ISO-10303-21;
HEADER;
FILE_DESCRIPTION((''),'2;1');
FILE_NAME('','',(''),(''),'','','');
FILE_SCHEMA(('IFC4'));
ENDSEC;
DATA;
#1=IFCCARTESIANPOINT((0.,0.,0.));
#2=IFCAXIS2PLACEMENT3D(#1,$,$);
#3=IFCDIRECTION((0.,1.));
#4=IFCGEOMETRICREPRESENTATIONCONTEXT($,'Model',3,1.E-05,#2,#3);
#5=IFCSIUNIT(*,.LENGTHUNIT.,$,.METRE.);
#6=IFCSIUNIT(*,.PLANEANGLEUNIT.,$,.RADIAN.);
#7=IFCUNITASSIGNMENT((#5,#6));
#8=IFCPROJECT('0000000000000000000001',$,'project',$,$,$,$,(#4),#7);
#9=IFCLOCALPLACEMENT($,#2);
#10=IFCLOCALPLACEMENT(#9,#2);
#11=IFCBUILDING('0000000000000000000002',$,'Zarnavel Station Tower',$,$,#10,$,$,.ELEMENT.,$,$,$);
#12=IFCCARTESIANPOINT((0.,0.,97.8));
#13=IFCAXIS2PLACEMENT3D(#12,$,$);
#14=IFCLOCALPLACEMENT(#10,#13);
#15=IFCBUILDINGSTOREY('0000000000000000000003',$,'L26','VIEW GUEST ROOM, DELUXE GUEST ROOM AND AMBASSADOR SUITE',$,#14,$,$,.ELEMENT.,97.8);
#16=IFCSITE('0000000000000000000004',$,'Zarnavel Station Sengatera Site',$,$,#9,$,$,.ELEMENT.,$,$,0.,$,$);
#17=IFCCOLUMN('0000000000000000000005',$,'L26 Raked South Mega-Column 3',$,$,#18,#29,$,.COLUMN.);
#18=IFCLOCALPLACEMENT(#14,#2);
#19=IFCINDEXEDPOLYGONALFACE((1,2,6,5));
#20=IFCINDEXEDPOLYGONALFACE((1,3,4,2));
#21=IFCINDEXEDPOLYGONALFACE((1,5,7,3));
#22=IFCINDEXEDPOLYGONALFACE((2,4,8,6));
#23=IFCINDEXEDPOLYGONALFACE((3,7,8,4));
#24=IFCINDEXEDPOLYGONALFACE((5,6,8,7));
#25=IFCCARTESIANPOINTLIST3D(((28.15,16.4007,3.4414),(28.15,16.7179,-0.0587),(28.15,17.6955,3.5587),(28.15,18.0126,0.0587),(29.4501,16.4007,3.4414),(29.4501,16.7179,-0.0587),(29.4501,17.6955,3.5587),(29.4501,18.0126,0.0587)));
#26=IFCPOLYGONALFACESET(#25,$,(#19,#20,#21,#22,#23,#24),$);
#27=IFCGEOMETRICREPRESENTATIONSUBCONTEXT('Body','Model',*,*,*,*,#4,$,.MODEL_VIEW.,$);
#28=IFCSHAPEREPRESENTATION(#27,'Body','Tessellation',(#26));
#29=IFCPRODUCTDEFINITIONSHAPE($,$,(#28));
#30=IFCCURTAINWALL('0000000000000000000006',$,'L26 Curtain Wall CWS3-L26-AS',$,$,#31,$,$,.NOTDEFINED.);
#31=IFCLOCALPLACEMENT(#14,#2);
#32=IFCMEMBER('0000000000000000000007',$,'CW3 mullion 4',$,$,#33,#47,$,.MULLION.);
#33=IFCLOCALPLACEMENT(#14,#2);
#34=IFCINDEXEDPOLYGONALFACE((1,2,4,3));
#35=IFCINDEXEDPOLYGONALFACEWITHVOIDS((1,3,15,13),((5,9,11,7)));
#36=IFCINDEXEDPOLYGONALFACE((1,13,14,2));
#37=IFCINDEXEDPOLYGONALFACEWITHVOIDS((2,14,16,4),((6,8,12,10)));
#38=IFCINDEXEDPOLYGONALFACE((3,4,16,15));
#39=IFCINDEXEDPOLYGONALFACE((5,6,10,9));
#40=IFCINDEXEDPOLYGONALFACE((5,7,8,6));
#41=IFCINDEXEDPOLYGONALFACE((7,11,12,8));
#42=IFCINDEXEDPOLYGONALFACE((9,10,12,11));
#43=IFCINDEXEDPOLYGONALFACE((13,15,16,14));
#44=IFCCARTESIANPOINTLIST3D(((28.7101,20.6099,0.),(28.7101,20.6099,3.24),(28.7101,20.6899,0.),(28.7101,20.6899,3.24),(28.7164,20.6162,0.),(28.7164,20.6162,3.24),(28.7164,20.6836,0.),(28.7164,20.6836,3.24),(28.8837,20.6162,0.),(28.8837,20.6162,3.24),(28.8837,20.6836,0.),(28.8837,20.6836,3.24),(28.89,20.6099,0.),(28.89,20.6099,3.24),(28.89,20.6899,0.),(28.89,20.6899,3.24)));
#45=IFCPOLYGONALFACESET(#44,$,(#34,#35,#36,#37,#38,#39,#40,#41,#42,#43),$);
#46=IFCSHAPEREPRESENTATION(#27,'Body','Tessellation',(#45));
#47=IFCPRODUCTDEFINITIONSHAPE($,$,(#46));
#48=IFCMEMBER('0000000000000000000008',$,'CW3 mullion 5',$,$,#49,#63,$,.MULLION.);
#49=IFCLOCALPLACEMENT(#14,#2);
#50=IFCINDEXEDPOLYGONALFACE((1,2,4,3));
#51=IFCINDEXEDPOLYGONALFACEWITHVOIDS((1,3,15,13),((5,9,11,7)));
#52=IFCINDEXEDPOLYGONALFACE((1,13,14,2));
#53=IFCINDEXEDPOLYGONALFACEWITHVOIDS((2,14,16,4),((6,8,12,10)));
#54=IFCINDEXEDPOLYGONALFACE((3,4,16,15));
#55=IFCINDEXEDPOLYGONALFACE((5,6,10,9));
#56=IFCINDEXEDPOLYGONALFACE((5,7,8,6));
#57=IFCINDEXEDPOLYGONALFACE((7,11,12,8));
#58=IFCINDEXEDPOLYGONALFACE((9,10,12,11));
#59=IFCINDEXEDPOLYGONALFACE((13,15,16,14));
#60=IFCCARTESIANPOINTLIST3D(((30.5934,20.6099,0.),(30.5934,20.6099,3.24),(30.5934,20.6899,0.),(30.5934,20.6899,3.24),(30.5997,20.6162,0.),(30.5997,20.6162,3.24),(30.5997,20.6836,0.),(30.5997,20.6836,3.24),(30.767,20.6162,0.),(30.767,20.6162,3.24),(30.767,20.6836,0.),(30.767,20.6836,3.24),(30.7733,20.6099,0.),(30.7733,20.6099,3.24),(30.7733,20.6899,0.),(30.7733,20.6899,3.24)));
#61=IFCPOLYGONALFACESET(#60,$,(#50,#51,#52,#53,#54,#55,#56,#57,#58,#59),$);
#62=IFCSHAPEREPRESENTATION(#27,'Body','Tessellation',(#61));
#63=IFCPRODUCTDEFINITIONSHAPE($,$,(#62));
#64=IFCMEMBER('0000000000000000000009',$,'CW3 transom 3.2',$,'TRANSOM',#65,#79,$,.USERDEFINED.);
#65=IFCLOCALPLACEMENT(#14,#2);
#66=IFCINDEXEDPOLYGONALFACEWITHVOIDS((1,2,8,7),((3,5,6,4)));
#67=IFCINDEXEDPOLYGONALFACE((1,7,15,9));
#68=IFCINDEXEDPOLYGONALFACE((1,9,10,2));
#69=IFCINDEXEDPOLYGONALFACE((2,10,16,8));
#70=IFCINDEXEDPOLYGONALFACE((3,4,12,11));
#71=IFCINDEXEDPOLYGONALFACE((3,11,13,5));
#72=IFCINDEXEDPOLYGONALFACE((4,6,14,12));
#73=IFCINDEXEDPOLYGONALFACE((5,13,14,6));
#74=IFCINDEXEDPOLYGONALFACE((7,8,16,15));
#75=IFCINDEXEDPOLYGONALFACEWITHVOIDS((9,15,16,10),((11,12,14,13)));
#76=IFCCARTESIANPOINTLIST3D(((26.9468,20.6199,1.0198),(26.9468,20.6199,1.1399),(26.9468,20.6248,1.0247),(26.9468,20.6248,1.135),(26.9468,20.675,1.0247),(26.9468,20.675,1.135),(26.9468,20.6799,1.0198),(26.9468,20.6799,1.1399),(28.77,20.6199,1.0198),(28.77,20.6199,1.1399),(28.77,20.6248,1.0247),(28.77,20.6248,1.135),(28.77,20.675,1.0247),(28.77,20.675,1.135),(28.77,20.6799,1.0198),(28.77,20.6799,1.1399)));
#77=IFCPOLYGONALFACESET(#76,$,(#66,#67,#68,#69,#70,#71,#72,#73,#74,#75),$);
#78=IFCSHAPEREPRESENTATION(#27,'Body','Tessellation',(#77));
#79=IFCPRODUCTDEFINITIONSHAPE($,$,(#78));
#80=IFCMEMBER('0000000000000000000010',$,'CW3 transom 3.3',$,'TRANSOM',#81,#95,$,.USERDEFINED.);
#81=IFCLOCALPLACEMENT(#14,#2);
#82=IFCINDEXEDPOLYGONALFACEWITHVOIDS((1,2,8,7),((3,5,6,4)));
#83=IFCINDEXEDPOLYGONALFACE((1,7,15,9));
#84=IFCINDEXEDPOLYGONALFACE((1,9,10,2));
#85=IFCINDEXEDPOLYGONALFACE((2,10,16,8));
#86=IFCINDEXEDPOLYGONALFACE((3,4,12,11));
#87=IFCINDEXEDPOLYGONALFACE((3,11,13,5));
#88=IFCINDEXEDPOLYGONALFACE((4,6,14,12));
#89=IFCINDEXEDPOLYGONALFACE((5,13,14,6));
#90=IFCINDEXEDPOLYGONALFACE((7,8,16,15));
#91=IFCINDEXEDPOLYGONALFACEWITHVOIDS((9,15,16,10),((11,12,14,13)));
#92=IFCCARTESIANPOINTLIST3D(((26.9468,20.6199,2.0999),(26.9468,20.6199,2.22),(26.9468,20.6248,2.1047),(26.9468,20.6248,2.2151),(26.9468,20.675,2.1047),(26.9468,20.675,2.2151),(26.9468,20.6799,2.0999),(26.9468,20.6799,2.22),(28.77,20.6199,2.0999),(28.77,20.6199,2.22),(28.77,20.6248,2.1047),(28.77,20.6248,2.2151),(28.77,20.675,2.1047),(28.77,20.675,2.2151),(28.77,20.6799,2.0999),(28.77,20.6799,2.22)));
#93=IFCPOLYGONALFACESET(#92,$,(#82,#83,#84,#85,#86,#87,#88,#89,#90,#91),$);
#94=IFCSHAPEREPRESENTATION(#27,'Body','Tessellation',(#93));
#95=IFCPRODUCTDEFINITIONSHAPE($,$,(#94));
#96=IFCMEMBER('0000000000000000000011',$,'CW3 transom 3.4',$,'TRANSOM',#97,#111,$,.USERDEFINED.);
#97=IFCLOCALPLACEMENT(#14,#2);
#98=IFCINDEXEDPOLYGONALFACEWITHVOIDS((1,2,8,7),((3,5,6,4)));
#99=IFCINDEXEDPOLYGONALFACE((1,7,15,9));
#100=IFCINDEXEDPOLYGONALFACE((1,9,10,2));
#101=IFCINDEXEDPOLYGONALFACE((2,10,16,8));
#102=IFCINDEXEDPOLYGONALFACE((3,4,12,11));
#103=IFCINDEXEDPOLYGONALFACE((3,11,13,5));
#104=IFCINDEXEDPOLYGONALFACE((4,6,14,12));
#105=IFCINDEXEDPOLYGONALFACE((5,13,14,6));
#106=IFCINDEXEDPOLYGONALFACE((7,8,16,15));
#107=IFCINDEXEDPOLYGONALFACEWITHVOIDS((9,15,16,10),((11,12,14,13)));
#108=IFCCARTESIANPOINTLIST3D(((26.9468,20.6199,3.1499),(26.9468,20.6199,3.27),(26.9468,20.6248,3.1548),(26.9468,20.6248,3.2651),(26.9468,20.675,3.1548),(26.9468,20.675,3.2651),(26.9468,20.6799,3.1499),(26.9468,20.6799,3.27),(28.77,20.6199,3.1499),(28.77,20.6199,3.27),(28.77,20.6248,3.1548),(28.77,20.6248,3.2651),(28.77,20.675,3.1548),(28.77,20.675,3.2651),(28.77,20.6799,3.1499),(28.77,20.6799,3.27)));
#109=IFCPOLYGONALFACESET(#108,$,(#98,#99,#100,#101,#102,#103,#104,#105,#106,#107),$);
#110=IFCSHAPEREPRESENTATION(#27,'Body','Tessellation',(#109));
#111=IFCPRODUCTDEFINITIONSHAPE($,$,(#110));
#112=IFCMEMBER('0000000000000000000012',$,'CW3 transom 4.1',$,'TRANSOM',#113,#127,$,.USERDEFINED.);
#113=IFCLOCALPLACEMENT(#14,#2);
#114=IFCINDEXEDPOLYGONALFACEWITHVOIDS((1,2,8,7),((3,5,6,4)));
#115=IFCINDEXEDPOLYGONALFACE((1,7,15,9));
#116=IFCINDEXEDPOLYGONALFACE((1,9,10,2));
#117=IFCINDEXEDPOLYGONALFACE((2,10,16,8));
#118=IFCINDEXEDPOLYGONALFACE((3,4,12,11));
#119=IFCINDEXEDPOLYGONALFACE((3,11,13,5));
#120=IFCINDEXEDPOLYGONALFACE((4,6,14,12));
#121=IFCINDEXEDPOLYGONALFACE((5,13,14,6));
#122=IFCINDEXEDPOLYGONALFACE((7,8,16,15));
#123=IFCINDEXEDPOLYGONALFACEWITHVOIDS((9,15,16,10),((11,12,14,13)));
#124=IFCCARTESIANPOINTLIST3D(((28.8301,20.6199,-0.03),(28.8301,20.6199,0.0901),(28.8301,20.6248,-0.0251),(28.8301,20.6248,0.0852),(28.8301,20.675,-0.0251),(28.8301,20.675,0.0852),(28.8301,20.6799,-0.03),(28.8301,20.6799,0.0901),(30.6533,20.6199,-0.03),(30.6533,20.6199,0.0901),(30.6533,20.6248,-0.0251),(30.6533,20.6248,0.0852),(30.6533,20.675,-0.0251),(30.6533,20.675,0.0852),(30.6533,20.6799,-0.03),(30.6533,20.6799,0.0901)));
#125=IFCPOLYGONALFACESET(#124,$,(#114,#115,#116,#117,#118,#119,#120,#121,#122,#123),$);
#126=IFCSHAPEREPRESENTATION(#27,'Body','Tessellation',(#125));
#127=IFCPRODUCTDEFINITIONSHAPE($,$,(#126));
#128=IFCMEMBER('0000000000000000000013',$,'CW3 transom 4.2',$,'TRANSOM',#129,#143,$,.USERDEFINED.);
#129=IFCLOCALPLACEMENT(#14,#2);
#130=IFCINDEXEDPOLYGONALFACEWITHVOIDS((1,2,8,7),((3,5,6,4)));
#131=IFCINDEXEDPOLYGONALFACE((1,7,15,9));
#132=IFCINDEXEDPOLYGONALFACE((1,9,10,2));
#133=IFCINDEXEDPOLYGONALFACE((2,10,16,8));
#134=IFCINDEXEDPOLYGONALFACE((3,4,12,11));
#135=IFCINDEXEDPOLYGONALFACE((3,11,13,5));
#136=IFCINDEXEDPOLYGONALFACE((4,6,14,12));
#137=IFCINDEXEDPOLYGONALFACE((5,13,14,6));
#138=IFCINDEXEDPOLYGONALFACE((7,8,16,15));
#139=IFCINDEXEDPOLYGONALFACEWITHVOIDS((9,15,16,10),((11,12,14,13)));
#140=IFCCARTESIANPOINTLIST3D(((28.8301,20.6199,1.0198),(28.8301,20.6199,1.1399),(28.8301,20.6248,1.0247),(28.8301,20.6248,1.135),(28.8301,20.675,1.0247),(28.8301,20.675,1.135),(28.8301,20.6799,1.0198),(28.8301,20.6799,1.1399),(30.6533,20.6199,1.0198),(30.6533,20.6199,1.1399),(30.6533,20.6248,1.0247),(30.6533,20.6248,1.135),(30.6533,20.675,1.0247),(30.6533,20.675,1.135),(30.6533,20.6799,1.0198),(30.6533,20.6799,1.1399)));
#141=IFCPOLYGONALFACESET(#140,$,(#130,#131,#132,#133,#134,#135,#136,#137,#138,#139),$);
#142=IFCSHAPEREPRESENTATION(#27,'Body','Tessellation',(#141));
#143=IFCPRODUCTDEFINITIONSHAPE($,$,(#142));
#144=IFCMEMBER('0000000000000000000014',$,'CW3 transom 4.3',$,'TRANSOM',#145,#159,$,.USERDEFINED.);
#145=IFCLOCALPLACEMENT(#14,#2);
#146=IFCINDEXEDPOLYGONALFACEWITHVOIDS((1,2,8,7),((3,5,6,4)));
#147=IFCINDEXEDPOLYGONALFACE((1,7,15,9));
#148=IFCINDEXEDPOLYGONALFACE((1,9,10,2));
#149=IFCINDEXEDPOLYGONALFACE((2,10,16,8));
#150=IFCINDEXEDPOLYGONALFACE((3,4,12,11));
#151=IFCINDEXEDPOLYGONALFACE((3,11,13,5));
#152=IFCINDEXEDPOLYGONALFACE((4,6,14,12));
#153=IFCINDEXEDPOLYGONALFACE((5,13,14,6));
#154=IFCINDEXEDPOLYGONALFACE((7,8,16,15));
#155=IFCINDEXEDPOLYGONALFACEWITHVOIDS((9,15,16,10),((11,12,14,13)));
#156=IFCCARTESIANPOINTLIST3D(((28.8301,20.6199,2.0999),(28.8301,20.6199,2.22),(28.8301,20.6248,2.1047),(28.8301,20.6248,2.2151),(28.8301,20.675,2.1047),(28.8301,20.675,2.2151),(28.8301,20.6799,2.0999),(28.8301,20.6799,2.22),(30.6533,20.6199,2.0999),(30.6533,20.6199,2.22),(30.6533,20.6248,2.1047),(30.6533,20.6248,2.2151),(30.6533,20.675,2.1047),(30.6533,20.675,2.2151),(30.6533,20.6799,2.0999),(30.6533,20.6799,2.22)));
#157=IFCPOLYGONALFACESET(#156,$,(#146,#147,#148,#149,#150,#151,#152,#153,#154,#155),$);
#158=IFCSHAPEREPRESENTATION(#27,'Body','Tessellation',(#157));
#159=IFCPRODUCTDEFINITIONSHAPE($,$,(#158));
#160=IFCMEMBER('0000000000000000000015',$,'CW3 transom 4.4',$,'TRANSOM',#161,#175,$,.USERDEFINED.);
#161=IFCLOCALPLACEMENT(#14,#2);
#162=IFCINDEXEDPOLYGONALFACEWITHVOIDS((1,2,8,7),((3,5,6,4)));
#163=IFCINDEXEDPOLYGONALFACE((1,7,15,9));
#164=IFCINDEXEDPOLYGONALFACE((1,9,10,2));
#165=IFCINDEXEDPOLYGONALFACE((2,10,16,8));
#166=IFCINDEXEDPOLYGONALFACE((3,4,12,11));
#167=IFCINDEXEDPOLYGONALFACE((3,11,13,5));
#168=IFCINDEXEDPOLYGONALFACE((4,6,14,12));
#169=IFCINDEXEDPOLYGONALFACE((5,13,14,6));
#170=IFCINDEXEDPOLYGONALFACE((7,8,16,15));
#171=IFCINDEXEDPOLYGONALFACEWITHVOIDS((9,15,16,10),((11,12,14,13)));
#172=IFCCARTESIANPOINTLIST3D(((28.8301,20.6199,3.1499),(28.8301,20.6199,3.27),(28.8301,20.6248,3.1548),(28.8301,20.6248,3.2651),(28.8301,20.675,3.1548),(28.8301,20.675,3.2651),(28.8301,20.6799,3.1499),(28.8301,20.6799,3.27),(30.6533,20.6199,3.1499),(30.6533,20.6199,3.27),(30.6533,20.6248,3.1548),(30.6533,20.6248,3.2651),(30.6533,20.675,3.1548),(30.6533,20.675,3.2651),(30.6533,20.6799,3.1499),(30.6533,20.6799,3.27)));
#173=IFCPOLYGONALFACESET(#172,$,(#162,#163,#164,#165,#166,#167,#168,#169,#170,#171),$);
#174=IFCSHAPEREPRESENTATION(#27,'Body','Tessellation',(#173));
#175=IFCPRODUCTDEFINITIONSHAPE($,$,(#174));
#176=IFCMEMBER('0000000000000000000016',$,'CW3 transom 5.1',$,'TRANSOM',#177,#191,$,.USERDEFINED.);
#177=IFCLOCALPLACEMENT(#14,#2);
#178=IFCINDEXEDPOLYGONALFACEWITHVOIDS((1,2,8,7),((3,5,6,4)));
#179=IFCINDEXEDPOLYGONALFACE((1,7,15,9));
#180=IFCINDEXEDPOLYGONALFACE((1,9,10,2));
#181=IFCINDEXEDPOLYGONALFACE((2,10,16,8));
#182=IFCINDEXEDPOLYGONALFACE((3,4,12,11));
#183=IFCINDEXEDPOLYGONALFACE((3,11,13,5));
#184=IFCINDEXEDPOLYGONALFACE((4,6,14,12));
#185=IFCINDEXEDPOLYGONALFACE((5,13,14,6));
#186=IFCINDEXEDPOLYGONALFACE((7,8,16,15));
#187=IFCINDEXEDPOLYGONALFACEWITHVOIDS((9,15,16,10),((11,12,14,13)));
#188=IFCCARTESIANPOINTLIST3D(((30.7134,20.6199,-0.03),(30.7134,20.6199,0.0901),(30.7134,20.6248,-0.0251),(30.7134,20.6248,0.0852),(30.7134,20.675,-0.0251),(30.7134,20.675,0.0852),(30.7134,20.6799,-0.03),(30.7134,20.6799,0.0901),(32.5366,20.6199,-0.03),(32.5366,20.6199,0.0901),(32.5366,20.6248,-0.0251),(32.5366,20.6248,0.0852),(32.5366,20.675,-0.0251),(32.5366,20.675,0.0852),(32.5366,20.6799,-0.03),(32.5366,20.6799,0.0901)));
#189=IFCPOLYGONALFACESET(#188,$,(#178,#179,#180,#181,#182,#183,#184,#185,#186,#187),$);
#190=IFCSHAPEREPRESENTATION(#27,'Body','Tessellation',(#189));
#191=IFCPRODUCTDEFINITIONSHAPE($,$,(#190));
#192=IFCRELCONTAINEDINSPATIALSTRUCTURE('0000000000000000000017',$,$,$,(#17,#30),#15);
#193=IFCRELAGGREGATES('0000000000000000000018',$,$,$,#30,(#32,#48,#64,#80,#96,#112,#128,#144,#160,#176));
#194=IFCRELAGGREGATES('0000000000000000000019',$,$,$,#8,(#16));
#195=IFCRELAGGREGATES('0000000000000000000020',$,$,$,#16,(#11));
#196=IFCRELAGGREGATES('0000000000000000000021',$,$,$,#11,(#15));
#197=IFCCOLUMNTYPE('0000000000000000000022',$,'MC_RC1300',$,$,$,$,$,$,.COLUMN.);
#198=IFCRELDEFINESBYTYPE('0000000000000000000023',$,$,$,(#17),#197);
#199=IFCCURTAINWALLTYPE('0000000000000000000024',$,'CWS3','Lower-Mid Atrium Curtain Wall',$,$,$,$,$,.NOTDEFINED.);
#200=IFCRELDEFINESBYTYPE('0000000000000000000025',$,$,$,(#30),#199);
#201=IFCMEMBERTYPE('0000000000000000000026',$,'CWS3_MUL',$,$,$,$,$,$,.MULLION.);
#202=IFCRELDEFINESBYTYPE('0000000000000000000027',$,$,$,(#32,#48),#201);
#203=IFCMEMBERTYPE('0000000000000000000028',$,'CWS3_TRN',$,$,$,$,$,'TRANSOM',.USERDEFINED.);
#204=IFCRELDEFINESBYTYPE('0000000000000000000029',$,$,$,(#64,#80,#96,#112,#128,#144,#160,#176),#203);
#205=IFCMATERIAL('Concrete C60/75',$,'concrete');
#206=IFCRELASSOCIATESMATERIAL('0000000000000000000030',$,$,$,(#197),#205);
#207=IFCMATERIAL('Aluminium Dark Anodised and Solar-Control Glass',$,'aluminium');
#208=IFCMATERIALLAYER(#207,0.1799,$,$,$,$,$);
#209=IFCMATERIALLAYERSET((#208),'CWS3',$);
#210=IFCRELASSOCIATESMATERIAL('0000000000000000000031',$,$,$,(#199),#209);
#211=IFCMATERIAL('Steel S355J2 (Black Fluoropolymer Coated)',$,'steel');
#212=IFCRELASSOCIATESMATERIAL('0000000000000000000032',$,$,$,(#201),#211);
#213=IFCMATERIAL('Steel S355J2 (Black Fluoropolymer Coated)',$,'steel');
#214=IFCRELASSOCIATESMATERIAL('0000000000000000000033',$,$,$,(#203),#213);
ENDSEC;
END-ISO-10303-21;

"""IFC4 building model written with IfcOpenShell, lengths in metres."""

from ifc_helpers import new_model, si_unit, direction, frame, origin, origin_2d, place, context, subcontext, project, spatial, rectangle, hollow_rectangle, extrude, material, layer, layer_set, material_profile, profile_set, type_object, element, aggregate, save


model = new_model("IFC4")

# Units and contexts
model_context = context("Model", 3, precision=1e-05, world=origin(), true_north=direction((0.0, 1.0)))
body_context = subcontext(model_context, "Body", "Model", "MODEL_VIEW")
ifc_project = project(units=[si_unit("LENGTHUNIT", "METRE"), si_unit("PLANEANGLEUNIT", "RADIAN")], contexts=[model_context])

# Site, building, storey
site_placement = place(None, origin())
site = spatial("IfcSite", under=ifc_project, at=site_placement, Name="Zarnavel Station Sengatera Site", CompositionType="ELEMENT", RefElevation=0.0)
building_placement = place(site_placement, origin())
building = spatial("IfcBuilding", under=site, at=building_placement, Name="Zarnavel Station Tower", CompositionType="ELEMENT")
storey_placement = place(building_placement, frame((0.0, 0.0, 97.8)))
storey = spatial("IfcBuildingStorey", under=building, at=storey_placement, Name="L26", Description="VIEW GUEST ROOM, DELUXE GUEST ROOM AND AMBASSADOR SUITE", CompositionType="ELEMENT", Elevation=97.8)

# Column
ifc_material_1 = material(Name="Concrete C60/75", Category="concrete")
ifc_material_profile_1 = material_profile(ifc_material_1, rectangle(XDim=1.3, YDim=1.3, at=origin_2d()), Name="RC1300x1300")
ifc_profile_set_1 = profile_set([ifc_material_profile_1], Name="Concrete C60/75")
column_type = type_object("IfcColumnType", Name="MC_RC1300", PredefinedType="COLUMN", material=ifc_profile_set_1)
column_placement = place(storey_placement, frame((28.8, 17.3652, 0.0), z_axis=(0.0, -0.090241, 0.99592), x_axis=(1.0, 0.0, 0.0)))
element("IfcColumn", 1, at=column_placement, inside=storey, type_object=column_type, Name="L26 Raked South Mega-Column 3", PredefinedType="COLUMN", context=body_context, shape_type="SweptSolid", body=[
    extrude(rectangle(XDim=1.3, YDim=1.3, at=origin_2d()), origin(), (0.0, 0.0, 1.0), 3.5144),
])

# Curtain wall, members
ifc_material_2 = material(Name="Aluminium Dark Anodised and Solar-Control Glass", Category="aluminium")
ifc_layer_1 = layer(ifc_material_2, 0.1799)
ifc_layer_set_1 = layer_set([ifc_layer_1], Name="CWS3")
curtain_wall_type_1 = type_object("IfcCurtainWallType", Name="CWS3", Description="Lower-Mid Atrium Curtain Wall", PredefinedType="NOTDEFINED", material=ifc_layer_set_1)
curtain_wall_1_placement = place(storey_placement, origin())
curtain_wall_1 = element("IfcCurtainWall", 2, at=curtain_wall_1_placement, inside=storey, type_object=curtain_wall_type_1, Name="L26 Curtain Wall CWS3-L26-AS", PredefinedType="NOTDEFINED")
ifc_material_3 = material(Name="Steel S355J2 (Black Fluoropolymer Coated)", Category="steel")
ifc_material_profile_2 = material_profile(ifc_material_3, hollow_rectangle(XDim=0.0801, YDim=0.1799, WallThickness=0.0063, at=origin_2d()), Name="RHS180x80x6.3")
ifc_profile_set_2 = profile_set([ifc_material_profile_2], Name="Steel S355J2 (Black Fluoropolymer Coated)")
member_type_1 = type_object("IfcMemberType", Name="CWS3_MUL", PredefinedType="MULLION", material=ifc_profile_set_2)
member_1_placement = place(storey_placement, frame((28.8, 20.6499, 0.0), z_axis=(0.0, 0.0, 1.0), x_axis=(0.0, 1.0, 0.0)))
member_1 = element("IfcMember", 3, at=member_1_placement, type_object=member_type_1, Name="CW3 mullion 4", PredefinedType="MULLION", context=body_context, shape_type="SweptSolid", body=[
    extrude(hollow_rectangle(XDim=0.0801, YDim=0.1799, WallThickness=0.0063, at=origin_2d()), origin(), (0.0, 0.0, 1.0), 3.24),
])
member_2_placement = place(storey_placement, frame((30.6833, 20.6499, 0.0), z_axis=(0.0, 0.0, 1.0), x_axis=(0.0, 1.0, 0.0)))
member_2 = element("IfcMember", 4, at=member_2_placement, type_object=member_type_1, Name="CW3 mullion 5", PredefinedType="MULLION", context=body_context, shape_type="SweptSolid", body=[
    extrude(hollow_rectangle(XDim=0.0801, YDim=0.1799, WallThickness=0.0063, at=origin_2d()), origin(), (0.0, 0.0, 1.0), 3.24),
])
ifc_material_4 = material(Name="Steel S355J2 (Black Fluoropolymer Coated)", Category="steel")
ifc_material_profile_3 = material_profile(ifc_material_4, hollow_rectangle(XDim=0.0601, YDim=0.1201, WallThickness=0.0049, at=origin_2d()), Name="RHS120x60x5")
ifc_profile_set_3 = profile_set([ifc_material_profile_3], Name="Steel S355J2 (Black Fluoropolymer Coated)")
member_type_2 = type_object("IfcMemberType", Name="CWS3_TRN", ElementType="TRANSOM", PredefinedType="USERDEFINED", material=ifc_profile_set_3)
member_3_placement = place(storey_placement, frame((26.9468, 20.6499, 1.0798), z_axis=(1.0, 0.0, 0.0), x_axis=(0.0, 1.0, 0.0)))
member_3 = element("IfcMember", 5, at=member_3_placement, type_object=member_type_2, Name="CW3 transom 3.2", ObjectType="TRANSOM", PredefinedType="USERDEFINED", context=body_context, shape_type="SweptSolid", body=[
    extrude(hollow_rectangle(XDim=0.0601, YDim=0.1201, WallThickness=0.0049, at=origin_2d()), origin(), (0.0, 0.0, 1.0), 1.8232),
])
member_4_placement = place(storey_placement, frame((26.9468, 20.6499, 2.1599), z_axis=(1.0, 0.0, 0.0), x_axis=(0.0, 1.0, 0.0)))
member_4 = element("IfcMember", 6, at=member_4_placement, type_object=member_type_2, Name="CW3 transom 3.3", ObjectType="TRANSOM", PredefinedType="USERDEFINED", context=body_context, shape_type="SweptSolid", body=[
    extrude(hollow_rectangle(XDim=0.0601, YDim=0.1201, WallThickness=0.0049, at=origin_2d()), origin(), (0.0, 0.0, 1.0), 1.8232),
])
member_5_placement = place(storey_placement, frame((26.9468, 20.6499, 3.21), z_axis=(1.0, 0.0, 0.0), x_axis=(0.0, 1.0, 0.0)))
member_5 = element("IfcMember", 7, at=member_5_placement, type_object=member_type_2, Name="CW3 transom 3.4", ObjectType="TRANSOM", PredefinedType="USERDEFINED", context=body_context, shape_type="SweptSolid", body=[
    extrude(hollow_rectangle(XDim=0.0601, YDim=0.1201, WallThickness=0.0049, at=origin_2d()), origin(), (0.0, 0.0, 1.0), 1.8232),
])
member_6_placement = place(storey_placement, frame((28.8301, 20.6499, 0.03), z_axis=(1.0, 0.0, 0.0), x_axis=(0.0, 1.0, 0.0)))
member_6 = element("IfcMember", 8, at=member_6_placement, type_object=member_type_2, Name="CW3 transom 4.1", ObjectType="TRANSOM", PredefinedType="USERDEFINED", context=body_context, shape_type="SweptSolid", body=[
    extrude(hollow_rectangle(XDim=0.0601, YDim=0.1201, WallThickness=0.0049, at=origin_2d()), origin(), (0.0, 0.0, 1.0), 1.8232),
])
member_7_placement = place(storey_placement, frame((28.8301, 20.6499, 1.0798), z_axis=(1.0, 0.0, 0.0), x_axis=(0.0, 1.0, 0.0)))
member_7 = element("IfcMember", 9, at=member_7_placement, type_object=member_type_2, Name="CW3 transom 4.2", ObjectType="TRANSOM", PredefinedType="USERDEFINED", context=body_context, shape_type="SweptSolid", body=[
    extrude(hollow_rectangle(XDim=0.0601, YDim=0.1201, WallThickness=0.0049, at=origin_2d()), origin(), (0.0, 0.0, 1.0), 1.8232),
])
member_8_placement = place(storey_placement, frame((28.8301, 20.6499, 2.1599), z_axis=(1.0, 0.0, 0.0), x_axis=(0.0, 1.0, 0.0)))
member_8 = element("IfcMember", 10, at=member_8_placement, type_object=member_type_2, Name="CW3 transom 4.3", ObjectType="TRANSOM", PredefinedType="USERDEFINED", context=body_context, shape_type="SweptSolid", body=[
    extrude(hollow_rectangle(XDim=0.0601, YDim=0.1201, WallThickness=0.0049, at=origin_2d()), origin(), (0.0, 0.0, 1.0), 1.8232),
])
member_9_placement = place(storey_placement, frame((28.8301, 20.6499, 3.21), z_axis=(1.0, 0.0, 0.0), x_axis=(0.0, 1.0, 0.0)))
member_9 = element("IfcMember", 11, at=member_9_placement, type_object=member_type_2, Name="CW3 transom 4.4", ObjectType="TRANSOM", PredefinedType="USERDEFINED", context=body_context, shape_type="SweptSolid", body=[
    extrude(hollow_rectangle(XDim=0.0601, YDim=0.1201, WallThickness=0.0049, at=origin_2d()), origin(), (0.0, 0.0, 1.0), 1.8232),
])
member_10_placement = place(storey_placement, frame((30.7134, 20.6499, 0.03), z_axis=(1.0, 0.0, 0.0), x_axis=(0.0, 1.0, 0.0)))
member_10 = element("IfcMember", 12, at=member_10_placement, type_object=member_type_2, Name="CW3 transom 5.1", ObjectType="TRANSOM", PredefinedType="USERDEFINED", context=body_context, shape_type="SweptSolid", body=[
    extrude(hollow_rectangle(XDim=0.0601, YDim=0.1201, WallThickness=0.0049, at=origin_2d()), origin(), (0.0, 0.0, 1.0), 1.8232),
])

aggregate(curtain_wall_1, [member_1, member_2, member_3, member_4, member_5, member_6, member_7, member_8, member_9, member_10])

save(model, "model.ifc")
